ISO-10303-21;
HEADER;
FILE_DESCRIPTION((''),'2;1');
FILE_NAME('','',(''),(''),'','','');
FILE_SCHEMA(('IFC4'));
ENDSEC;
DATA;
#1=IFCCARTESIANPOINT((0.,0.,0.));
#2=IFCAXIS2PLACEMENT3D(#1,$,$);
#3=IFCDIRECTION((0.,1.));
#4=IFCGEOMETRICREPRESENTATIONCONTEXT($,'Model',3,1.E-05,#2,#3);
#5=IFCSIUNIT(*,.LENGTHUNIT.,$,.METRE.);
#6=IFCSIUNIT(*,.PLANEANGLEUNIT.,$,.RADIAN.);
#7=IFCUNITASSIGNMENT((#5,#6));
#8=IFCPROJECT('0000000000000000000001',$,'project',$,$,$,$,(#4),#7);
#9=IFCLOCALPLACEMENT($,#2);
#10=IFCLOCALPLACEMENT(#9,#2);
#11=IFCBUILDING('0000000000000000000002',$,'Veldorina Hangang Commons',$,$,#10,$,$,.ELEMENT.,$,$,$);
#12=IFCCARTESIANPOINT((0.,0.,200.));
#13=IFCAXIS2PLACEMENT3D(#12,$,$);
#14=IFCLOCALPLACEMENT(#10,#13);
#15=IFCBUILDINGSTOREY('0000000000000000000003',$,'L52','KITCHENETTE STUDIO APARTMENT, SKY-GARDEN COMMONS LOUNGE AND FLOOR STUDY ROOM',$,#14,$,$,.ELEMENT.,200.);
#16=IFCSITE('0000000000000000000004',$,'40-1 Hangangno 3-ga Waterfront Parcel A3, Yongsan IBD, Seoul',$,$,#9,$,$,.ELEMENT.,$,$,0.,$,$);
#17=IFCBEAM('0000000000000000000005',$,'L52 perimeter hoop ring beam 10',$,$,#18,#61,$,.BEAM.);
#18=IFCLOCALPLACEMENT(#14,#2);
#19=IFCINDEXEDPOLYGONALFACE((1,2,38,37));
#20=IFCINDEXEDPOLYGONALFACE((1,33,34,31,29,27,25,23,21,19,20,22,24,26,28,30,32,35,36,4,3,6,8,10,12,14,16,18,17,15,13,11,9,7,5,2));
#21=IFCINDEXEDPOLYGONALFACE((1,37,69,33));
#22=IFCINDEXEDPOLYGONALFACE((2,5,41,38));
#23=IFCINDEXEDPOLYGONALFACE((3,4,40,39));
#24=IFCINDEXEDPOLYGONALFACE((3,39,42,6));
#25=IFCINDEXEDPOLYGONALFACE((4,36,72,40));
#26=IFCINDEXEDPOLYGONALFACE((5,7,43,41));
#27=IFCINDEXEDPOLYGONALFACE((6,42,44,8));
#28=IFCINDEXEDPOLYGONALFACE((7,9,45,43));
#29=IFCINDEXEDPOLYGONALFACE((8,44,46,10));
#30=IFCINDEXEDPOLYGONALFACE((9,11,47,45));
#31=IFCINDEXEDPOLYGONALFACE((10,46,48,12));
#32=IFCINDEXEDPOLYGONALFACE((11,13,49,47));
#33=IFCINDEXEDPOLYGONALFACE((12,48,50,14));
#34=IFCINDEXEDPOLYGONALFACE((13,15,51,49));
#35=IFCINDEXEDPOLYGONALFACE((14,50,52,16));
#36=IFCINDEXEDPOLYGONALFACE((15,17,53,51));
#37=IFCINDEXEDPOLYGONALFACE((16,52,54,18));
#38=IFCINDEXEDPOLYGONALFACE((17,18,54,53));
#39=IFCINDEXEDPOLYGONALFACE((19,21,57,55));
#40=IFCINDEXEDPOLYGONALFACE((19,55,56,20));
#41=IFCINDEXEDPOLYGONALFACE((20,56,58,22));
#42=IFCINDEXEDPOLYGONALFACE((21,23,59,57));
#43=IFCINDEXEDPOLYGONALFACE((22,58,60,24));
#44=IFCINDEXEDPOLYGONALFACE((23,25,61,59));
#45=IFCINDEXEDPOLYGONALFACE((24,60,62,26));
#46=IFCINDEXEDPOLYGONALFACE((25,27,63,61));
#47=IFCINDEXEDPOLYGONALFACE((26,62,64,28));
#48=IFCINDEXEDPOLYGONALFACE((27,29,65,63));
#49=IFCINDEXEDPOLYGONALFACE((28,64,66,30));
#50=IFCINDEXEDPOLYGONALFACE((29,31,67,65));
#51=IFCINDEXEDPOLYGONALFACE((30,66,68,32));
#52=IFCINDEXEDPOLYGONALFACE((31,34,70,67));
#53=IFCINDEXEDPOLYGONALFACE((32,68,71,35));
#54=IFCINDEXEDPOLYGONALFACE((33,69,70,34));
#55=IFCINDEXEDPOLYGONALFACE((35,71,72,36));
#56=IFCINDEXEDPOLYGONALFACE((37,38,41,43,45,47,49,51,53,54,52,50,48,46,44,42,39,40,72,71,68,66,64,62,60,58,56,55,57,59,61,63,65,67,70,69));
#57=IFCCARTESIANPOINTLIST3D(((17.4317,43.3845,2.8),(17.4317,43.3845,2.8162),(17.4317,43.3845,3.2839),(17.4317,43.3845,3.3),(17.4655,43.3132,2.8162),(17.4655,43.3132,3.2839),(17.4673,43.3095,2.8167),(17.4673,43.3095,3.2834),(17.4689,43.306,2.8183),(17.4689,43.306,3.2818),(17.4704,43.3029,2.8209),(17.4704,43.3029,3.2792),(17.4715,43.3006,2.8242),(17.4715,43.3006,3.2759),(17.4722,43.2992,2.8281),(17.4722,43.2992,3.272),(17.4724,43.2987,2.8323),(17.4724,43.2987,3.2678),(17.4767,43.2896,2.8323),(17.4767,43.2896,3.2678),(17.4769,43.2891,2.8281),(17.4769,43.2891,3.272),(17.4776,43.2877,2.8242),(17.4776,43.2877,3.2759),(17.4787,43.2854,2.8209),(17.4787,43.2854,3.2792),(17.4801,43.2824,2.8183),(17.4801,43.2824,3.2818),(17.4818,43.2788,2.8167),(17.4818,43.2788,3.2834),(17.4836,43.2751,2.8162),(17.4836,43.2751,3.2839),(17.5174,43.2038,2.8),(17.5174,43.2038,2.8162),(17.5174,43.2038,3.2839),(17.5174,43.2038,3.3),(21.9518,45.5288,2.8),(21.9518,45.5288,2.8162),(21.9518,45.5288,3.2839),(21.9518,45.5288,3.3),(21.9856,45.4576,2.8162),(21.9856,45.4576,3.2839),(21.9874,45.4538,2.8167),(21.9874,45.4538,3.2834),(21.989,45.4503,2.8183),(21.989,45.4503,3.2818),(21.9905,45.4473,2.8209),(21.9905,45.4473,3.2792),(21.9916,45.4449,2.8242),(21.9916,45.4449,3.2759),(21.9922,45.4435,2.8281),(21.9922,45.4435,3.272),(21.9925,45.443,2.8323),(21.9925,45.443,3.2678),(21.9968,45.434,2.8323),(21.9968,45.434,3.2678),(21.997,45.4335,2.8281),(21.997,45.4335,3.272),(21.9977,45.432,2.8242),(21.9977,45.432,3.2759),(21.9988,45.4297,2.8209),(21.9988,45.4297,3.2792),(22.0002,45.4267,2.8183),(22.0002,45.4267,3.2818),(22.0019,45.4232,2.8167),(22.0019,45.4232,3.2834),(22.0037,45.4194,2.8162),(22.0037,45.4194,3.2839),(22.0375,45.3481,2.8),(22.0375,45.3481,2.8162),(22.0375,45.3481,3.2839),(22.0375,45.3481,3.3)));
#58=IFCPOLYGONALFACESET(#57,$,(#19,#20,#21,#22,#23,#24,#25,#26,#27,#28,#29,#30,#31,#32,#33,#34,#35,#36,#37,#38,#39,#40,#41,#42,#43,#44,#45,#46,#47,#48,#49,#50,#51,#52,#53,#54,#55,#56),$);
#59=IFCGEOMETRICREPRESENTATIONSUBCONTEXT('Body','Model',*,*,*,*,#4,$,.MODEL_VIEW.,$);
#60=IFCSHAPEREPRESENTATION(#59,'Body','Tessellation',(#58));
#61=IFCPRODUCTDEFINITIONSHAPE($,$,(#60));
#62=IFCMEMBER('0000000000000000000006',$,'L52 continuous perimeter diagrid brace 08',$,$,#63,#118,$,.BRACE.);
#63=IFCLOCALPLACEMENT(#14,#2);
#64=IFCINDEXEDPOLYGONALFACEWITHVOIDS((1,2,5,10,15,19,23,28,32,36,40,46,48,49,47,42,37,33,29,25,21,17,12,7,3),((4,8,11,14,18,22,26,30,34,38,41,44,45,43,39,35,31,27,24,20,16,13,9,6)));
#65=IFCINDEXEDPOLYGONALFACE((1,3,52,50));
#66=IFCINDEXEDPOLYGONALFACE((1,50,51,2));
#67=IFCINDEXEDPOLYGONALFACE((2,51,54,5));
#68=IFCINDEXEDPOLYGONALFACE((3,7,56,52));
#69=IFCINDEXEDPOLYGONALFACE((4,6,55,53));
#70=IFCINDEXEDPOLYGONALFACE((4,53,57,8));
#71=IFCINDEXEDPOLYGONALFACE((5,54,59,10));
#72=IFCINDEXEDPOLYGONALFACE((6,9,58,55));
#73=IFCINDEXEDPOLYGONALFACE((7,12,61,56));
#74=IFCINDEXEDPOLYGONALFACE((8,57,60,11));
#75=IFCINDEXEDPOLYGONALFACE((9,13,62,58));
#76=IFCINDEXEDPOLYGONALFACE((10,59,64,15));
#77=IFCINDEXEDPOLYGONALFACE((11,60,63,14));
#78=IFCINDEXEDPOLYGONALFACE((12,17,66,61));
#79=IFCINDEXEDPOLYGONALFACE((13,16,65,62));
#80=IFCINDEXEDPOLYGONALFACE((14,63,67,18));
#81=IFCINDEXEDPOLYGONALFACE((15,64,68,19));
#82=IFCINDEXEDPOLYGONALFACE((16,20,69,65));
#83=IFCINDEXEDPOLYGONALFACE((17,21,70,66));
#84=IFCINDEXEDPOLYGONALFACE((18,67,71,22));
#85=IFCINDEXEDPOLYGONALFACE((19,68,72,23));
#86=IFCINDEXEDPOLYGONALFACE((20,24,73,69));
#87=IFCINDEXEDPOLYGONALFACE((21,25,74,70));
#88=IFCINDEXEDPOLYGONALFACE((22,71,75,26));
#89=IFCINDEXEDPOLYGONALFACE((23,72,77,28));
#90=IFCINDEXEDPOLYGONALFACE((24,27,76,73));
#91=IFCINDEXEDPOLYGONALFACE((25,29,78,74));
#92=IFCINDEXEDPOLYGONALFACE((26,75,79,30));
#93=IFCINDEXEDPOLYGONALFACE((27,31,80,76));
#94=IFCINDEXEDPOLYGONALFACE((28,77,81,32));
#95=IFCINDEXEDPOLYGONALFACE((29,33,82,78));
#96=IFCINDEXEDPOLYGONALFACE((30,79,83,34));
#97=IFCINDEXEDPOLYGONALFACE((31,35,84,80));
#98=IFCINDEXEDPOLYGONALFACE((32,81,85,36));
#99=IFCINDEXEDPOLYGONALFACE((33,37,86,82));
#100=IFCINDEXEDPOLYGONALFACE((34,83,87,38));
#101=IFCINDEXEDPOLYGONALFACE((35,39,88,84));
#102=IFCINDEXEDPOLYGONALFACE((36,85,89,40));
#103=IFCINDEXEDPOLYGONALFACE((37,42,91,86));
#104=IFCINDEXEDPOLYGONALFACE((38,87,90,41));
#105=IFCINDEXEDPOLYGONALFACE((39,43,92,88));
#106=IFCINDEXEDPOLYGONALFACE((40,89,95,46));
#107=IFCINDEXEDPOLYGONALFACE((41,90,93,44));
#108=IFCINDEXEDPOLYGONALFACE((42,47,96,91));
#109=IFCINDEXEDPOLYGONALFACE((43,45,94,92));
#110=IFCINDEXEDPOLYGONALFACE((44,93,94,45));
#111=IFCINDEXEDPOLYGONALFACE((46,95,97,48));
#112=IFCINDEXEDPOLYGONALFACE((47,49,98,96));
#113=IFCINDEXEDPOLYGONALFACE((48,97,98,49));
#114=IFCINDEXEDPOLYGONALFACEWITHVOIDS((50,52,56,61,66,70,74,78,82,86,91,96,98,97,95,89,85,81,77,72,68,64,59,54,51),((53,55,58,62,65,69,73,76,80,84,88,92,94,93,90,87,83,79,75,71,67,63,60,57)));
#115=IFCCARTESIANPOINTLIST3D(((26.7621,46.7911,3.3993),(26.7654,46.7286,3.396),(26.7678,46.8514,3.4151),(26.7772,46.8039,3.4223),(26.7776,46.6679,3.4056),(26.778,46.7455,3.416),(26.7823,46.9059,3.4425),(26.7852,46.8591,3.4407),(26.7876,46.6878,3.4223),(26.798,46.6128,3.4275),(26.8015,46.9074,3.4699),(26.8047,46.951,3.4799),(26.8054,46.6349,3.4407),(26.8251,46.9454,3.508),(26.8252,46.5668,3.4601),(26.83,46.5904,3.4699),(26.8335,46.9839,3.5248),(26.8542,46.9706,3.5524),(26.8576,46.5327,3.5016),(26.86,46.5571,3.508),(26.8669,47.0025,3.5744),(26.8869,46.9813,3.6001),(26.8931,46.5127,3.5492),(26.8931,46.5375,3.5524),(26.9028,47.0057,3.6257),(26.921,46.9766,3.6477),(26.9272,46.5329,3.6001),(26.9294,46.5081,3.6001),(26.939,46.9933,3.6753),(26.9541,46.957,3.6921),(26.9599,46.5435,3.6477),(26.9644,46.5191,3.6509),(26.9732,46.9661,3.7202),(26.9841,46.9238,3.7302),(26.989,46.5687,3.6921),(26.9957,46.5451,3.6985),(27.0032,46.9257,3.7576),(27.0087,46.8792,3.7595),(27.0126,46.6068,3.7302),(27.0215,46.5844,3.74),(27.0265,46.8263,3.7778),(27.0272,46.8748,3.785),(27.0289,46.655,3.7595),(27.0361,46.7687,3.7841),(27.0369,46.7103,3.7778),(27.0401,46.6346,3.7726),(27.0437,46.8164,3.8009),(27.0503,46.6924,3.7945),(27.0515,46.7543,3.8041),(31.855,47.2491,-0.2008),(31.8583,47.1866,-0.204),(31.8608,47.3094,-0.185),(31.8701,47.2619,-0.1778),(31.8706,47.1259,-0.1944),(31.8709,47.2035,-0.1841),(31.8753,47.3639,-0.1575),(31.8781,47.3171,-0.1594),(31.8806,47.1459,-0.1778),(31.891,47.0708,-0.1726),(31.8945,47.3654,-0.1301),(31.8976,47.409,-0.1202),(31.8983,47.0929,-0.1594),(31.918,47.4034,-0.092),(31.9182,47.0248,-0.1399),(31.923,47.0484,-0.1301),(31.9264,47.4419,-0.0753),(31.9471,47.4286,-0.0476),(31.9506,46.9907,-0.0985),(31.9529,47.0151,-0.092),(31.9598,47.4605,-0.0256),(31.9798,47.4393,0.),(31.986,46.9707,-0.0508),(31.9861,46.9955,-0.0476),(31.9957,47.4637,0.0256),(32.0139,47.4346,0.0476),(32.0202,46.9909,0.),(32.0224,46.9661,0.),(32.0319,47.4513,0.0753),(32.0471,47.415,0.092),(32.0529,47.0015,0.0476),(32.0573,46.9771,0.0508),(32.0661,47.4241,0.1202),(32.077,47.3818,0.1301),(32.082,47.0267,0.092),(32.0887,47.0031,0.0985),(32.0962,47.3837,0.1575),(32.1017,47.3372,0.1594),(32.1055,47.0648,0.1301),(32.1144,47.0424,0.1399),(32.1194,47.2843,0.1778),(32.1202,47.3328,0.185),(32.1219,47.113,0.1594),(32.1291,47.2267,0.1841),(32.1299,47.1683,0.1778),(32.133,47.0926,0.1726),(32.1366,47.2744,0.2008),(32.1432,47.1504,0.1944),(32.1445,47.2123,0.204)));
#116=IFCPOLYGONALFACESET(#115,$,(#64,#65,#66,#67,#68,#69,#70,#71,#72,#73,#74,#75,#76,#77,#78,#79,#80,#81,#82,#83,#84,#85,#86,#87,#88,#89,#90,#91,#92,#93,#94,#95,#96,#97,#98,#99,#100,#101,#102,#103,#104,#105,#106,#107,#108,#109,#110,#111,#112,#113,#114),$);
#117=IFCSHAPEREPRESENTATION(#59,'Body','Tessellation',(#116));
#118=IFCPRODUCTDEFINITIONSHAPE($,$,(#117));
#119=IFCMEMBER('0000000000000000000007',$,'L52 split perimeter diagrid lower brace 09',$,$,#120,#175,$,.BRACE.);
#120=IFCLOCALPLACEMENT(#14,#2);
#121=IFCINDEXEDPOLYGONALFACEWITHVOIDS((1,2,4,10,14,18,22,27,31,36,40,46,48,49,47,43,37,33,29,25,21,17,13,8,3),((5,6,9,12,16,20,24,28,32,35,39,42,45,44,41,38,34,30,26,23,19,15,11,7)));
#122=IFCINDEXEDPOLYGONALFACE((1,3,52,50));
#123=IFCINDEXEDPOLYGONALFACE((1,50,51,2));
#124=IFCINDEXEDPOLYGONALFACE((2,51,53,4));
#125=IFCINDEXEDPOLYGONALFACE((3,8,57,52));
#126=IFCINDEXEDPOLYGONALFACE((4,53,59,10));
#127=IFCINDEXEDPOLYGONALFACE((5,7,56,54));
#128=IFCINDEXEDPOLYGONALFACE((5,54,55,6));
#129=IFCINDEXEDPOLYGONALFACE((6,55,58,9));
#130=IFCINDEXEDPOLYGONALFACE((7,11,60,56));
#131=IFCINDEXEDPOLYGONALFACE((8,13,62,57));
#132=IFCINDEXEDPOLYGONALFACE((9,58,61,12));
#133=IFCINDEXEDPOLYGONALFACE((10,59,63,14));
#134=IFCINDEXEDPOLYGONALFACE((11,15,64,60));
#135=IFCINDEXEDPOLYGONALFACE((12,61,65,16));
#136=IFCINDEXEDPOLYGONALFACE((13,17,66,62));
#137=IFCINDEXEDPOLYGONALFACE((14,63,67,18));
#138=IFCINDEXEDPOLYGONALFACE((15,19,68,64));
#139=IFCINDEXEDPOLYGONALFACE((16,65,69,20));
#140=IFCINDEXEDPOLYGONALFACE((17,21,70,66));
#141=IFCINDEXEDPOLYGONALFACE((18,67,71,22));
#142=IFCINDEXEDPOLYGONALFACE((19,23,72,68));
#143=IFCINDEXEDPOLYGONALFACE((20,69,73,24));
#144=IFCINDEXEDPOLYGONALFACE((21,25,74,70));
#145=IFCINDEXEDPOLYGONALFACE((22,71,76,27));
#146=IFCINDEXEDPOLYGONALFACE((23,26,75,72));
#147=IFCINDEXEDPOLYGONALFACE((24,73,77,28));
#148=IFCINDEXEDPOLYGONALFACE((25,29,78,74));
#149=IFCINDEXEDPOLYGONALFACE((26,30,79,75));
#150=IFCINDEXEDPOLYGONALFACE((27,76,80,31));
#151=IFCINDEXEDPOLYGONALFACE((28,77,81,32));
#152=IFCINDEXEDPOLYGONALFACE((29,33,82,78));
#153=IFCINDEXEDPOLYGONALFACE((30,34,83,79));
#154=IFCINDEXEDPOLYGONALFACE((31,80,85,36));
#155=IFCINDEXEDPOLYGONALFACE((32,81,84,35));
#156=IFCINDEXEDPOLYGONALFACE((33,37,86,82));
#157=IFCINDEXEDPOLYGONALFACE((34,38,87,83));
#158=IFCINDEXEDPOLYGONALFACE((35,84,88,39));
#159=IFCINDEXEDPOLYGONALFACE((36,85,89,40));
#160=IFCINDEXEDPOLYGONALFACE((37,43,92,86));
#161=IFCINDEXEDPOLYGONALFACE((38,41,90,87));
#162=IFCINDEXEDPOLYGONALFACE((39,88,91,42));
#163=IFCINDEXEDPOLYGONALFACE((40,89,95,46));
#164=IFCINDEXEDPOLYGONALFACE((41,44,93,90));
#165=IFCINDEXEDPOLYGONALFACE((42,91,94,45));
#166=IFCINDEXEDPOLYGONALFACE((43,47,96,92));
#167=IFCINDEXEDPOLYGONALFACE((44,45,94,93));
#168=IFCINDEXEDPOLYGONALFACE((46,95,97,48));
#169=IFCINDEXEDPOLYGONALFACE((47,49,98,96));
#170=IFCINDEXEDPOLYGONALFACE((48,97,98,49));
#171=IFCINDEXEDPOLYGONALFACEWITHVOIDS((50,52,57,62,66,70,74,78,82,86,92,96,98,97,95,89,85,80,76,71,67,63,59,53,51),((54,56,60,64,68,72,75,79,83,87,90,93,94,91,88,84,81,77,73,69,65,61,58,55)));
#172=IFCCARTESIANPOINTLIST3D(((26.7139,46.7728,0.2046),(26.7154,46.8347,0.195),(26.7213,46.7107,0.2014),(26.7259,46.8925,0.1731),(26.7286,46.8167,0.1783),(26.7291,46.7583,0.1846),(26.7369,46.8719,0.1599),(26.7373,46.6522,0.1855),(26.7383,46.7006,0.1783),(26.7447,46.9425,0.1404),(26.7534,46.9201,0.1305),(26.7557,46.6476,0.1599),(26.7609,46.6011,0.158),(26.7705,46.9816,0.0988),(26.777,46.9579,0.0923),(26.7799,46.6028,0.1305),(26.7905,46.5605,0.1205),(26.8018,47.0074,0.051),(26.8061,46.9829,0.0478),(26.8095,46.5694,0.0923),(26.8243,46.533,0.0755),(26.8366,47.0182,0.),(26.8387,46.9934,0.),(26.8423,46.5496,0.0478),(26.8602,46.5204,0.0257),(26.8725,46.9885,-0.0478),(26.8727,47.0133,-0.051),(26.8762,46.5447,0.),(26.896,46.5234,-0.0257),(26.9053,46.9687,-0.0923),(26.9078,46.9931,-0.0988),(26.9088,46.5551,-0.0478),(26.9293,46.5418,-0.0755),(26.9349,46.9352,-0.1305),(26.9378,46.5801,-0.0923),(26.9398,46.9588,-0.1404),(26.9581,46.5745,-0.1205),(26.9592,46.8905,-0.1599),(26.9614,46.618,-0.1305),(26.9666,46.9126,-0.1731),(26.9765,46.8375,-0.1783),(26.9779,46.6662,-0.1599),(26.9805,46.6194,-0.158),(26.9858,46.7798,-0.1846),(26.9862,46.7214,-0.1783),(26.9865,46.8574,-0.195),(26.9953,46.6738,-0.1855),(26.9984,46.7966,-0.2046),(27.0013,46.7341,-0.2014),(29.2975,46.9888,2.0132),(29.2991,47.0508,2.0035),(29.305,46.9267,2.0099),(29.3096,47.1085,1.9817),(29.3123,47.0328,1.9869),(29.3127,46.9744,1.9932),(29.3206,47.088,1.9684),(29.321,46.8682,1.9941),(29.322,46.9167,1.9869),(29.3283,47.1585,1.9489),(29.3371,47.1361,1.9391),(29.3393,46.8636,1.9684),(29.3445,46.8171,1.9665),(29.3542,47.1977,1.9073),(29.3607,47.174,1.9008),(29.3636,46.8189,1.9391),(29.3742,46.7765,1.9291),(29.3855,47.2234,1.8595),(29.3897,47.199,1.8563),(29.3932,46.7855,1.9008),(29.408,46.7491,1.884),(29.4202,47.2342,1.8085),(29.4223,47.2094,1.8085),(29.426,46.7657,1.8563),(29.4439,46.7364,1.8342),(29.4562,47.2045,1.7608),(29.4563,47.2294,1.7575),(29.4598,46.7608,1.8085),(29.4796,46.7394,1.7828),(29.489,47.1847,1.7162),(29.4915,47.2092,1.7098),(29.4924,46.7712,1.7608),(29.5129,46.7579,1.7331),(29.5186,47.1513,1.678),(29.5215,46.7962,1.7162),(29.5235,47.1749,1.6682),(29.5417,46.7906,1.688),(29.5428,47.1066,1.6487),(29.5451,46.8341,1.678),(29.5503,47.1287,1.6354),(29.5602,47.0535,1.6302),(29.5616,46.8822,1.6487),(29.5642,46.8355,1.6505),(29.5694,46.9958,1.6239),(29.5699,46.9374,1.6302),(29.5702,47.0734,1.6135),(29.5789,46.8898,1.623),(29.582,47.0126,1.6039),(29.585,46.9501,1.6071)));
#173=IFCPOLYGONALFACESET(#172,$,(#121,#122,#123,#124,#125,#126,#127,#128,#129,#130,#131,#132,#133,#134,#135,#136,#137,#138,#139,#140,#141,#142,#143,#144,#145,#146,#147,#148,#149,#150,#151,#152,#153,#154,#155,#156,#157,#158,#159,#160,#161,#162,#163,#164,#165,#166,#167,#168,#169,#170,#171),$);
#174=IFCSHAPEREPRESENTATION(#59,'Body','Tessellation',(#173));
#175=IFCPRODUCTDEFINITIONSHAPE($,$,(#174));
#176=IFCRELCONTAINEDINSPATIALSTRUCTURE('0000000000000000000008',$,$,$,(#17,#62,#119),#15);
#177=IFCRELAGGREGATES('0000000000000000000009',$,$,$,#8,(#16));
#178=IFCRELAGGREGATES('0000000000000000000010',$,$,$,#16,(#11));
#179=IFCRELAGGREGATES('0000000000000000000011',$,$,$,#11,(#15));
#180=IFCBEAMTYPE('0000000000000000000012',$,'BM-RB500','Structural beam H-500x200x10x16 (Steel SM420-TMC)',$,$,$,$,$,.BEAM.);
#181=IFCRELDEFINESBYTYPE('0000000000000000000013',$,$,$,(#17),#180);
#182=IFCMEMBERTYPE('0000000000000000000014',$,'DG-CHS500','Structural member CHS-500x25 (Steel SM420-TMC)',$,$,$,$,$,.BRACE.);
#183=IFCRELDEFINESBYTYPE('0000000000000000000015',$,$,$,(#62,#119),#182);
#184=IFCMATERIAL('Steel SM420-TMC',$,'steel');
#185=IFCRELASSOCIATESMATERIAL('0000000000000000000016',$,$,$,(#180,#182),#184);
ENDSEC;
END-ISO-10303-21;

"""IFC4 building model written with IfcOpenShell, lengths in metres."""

from ifc_helpers import new_model, si_unit, direction, frame, origin, origin_2d, place, context, subcontext, project, spatial, hollow_circle, i_section, extrude, material, material_profile, profile_set, type_object, element, save


model = new_model("IFC4")

# Units and contexts
model_context = context("Model", 3, precision=1e-05, world=origin(), true_north=direction((0.0, 1.0)))
body_context = subcontext(model_context, "Body", "Model", "MODEL_VIEW")
ifc_project = project(units=[si_unit("LENGTHUNIT", "METRE"), si_unit("PLANEANGLEUNIT", "RADIAN")], contexts=[model_context])

# Site, building, storey
site_placement = place(None, origin())
site = spatial("IfcSite", under=ifc_project, at=site_placement, Name="40-1 Hangangno 3-ga Waterfront Parcel A3, Yongsan IBD, Seoul", CompositionType="ELEMENT", RefElevation=0.0)
building_placement = place(site_placement, origin())
building = spatial("IfcBuilding", under=site, at=building_placement, Name="Veldorina Hangang Commons", CompositionType="ELEMENT")
storey_placement = place(building_placement, frame((0.0, 0.0, 200.0)))
storey = spatial("IfcBuildingStorey", under=building, at=storey_placement, Name="L52", Description="KITCHENETTE STUDIO APARTMENT, SKY-GARDEN COMMONS LOUNGE AND FLOOR STUDY ROOM", CompositionType="ELEMENT", Elevation=200.0)

# Beam
ifc_material_1 = material(Name="Steel SM420-TMC", Category="steel")
ifc_material_profile_1 = material_profile(ifc_material_1, i_section(OverallWidth=0.2, OverallDepth=0.5, WebThickness=0.01, FlangeThickness=0.0161, FilletRadius=0.0161, at=origin_2d()), Name="H-500x200x10x16")
ifc_profile_set_1 = profile_set([ifc_material_profile_1], Name="Steel SM420-TMC")
beam_type_1 = type_object("IfcBeamType", Name="BM-RB500", Description="Structural beam H-500x200x10x16 (Steel SM420-TMC)", PredefinedType="BEAM", material=ifc_profile_set_1)
beam_1_placement = place(storey_placement, frame((21.9946, 45.4385, 3.05), z_axis=(-0.903488, -0.428613, 0.0), x_axis=(0.428613, -0.903488, 0.0)))
element("IfcBeam", 1, at=beam_1_placement, inside=storey, type_object=beam_type_1, Name="L52 perimeter hoop ring beam 10", PredefinedType="BEAM", context=body_context, shape_type="SweptSolid", body=[
    extrude(i_section(OverallWidth=0.2, OverallDepth=0.5, WebThickness=0.01, FlangeThickness=0.0161, FilletRadius=0.0161, at=origin_2d()), origin(), (0.0, 0.0, 1.0), 5.0029),
])

# Members
ifc_material_profile_2 = material_profile(ifc_material_1, hollow_circle(Radius=0.25, WallThickness=0.0249, at=origin_2d()), Name="CHS-500x25")
ifc_profile_set_2 = profile_set([ifc_material_profile_2], Name="Steel SM420-TMC")
member_type_1 = type_object("IfcMemberType", Name="DG-CHS500", Description="Structural member CHS-500x25 (Steel SM420-TMC)", PredefinedType="BRACE", material=ifc_profile_set_2)
member_1_placement = place(storey_placement, frame((32.0, 47.2151, 0.0), z_axis=(-0.814395, -0.073237, 0.575671), x_axis=(0.089567, -0.995981, 0.0)))
element("IfcMember", 2, at=member_1_placement, inside=storey, type_object=member_type_1, Name="L52 continuous perimeter diagrid brace 08", PredefinedType="BRACE", context=body_context, shape_type="SweptSolid", body=[
    extrude(hollow_circle(Radius=0.25, WallThickness=0.0249, at=origin_2d()), origin(), (0.0, 0.0, 1.0), 6.2537),
])
member_2_placement = place(storey_placement, frame((26.8574, 46.769, 0.0), z_axis=(0.81732, 0.068348, 0.572116), x_axis=(-0.083334, 0.996522, 0.0)))
element("IfcMember", 3, at=member_2_placement, inside=storey, type_object=member_type_1, Name="L52 split perimeter diagrid lower brace 09", PredefinedType="BRACE", context=body_context, shape_type="SweptSolid", body=[
    extrude(hollow_circle(Radius=0.25, WallThickness=0.0249, at=origin_2d()), origin(), (0.0, 0.0, 1.0), 3.1611),
])

save(model, "model.ifc")
